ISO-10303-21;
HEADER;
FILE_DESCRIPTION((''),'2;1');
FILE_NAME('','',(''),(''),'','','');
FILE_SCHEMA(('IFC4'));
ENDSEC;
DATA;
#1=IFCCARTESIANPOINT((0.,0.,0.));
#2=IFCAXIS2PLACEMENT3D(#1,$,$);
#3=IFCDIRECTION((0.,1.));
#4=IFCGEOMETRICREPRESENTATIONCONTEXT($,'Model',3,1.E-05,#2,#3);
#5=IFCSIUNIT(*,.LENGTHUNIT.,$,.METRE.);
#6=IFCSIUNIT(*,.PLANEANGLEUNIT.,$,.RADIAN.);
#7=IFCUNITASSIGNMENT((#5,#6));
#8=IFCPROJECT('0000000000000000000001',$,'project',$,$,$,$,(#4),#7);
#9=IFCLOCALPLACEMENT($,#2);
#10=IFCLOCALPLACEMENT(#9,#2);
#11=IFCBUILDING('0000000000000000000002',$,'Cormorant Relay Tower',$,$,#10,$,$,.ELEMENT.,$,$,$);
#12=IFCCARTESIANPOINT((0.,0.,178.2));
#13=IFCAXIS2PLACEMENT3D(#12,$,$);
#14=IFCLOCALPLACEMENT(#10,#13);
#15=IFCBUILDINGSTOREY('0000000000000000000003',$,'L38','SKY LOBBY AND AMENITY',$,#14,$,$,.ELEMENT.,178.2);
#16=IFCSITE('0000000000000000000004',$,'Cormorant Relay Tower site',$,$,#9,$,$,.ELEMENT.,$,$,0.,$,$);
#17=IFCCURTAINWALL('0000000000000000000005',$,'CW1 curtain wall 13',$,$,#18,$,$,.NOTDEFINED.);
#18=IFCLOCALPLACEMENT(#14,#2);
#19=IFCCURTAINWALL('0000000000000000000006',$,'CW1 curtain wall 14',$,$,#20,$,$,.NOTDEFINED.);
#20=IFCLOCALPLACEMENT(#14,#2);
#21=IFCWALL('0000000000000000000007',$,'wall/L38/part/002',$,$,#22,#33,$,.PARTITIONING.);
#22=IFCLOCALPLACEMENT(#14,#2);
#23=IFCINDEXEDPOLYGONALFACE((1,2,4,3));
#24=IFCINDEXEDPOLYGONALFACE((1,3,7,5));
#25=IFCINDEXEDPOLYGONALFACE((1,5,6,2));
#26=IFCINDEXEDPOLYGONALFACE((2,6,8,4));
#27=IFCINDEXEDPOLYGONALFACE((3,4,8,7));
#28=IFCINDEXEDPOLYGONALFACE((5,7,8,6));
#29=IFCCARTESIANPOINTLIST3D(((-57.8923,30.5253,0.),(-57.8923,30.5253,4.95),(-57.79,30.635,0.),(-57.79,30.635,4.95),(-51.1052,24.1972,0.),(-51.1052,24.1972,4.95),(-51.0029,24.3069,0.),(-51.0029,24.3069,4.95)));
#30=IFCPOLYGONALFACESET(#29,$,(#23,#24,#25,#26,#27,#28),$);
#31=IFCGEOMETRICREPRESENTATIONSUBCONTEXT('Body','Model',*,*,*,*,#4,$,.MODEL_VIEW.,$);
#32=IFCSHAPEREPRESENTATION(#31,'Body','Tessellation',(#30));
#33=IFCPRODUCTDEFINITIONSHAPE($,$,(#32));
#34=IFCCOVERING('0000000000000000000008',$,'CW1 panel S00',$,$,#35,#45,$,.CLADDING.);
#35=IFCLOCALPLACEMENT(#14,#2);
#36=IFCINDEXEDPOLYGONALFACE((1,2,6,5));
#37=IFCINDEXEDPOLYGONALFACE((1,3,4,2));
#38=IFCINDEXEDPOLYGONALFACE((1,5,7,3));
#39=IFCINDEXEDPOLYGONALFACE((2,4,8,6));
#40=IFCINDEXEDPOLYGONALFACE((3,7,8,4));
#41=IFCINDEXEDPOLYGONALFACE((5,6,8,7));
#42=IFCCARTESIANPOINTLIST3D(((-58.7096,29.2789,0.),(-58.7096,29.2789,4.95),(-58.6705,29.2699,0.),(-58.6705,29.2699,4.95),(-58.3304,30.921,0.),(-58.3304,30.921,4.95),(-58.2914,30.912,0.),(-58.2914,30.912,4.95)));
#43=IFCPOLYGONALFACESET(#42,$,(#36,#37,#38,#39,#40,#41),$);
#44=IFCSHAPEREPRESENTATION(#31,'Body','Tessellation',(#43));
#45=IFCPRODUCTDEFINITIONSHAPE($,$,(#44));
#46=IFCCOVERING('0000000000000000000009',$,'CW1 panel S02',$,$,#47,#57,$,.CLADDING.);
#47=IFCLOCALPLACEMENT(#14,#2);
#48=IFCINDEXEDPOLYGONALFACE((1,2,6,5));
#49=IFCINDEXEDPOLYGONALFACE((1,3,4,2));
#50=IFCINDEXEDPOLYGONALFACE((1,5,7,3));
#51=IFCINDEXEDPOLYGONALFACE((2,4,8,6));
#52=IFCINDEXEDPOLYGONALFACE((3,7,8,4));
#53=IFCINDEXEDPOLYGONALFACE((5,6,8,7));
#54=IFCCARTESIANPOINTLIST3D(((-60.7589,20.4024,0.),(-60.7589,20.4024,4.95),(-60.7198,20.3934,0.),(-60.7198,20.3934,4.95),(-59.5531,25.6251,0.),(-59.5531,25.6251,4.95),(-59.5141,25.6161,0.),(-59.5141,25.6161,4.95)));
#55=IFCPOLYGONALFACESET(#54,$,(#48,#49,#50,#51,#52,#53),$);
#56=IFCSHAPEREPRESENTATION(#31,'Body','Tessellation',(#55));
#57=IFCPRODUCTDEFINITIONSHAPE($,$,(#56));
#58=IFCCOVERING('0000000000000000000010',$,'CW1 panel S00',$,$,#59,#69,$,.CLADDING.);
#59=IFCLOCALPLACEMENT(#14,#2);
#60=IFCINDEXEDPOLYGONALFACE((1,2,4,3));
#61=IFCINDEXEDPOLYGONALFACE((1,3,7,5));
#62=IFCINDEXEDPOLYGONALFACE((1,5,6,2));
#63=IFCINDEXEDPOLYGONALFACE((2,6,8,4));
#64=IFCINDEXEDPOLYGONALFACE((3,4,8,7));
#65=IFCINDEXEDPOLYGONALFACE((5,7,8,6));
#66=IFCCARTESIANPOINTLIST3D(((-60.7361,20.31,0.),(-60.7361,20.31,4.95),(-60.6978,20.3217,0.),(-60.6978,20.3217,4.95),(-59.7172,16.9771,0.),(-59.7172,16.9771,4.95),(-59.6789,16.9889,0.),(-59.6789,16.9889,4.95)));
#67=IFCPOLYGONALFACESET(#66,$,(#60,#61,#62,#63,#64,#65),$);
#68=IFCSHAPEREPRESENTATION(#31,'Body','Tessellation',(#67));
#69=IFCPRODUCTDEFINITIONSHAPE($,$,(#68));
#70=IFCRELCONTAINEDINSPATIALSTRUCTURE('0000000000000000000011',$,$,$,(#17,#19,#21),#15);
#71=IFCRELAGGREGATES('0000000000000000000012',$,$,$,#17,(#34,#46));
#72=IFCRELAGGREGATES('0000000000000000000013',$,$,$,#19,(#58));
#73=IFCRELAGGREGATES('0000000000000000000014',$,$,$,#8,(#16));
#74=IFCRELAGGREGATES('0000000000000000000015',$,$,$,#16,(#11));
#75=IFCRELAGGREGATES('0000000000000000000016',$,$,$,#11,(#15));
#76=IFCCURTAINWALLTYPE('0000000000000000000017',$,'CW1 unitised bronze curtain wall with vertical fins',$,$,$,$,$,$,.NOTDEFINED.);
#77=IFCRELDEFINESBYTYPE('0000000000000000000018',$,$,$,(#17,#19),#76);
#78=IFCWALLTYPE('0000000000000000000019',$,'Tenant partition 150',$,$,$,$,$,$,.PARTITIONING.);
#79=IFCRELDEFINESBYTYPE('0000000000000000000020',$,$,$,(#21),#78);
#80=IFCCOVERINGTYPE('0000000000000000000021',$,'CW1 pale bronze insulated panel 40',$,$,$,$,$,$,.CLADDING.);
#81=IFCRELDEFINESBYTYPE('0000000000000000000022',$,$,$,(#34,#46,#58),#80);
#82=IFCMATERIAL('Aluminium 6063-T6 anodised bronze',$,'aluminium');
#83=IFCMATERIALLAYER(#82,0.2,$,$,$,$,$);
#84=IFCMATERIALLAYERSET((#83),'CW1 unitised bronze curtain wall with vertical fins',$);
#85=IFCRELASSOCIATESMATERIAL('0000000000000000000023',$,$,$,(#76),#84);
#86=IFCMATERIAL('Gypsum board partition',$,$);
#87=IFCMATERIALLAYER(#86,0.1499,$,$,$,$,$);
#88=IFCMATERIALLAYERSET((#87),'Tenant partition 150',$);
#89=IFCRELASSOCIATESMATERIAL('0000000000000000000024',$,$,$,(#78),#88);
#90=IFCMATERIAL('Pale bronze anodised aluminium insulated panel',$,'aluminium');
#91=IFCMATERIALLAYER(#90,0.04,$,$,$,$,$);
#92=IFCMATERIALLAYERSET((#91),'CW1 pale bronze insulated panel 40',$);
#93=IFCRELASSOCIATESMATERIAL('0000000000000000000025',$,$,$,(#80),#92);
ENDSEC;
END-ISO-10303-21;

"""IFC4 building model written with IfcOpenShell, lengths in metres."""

from ifc_helpers import new_model, si_unit, direction, frame, frame_2d, origin, origin_2d, place, context, subcontext, project, spatial, rectangle, extrude, material, layer, layer_set, type_object, element, aggregate, save


model = new_model("IFC4")

# Units and contexts
model_context = context("Model", 3, precision=1e-05, world=origin(), true_north=direction((0.0, 1.0)))
body_context = subcontext(model_context, "Body", "Model", "MODEL_VIEW")
ifc_project = project(units=[si_unit("LENGTHUNIT", "METRE"), si_unit("PLANEANGLEUNIT", "RADIAN")], contexts=[model_context])

# Site, building, storey
site_placement = place(None, origin())
site = spatial("IfcSite", under=ifc_project, at=site_placement, Name="Cormorant Relay Tower site", CompositionType="ELEMENT", RefElevation=0.0)
building_placement = place(site_placement, origin())
building = spatial("IfcBuilding", under=site, at=building_placement, Name="Cormorant Relay Tower", CompositionType="ELEMENT")
storey_placement = place(building_placement, frame((0.0, 0.0, 178.2)))
storey = spatial("IfcBuildingStorey", under=building, at=storey_placement, Name="L38", Description="SKY LOBBY AND AMENITY", CompositionType="ELEMENT", Elevation=178.2)

# Curtain wall
ifc_material_1 = material(Name="Aluminium 6063-T6 anodised bronze", Category="aluminium")
ifc_layer_1 = layer(ifc_material_1, 0.2)
ifc_layer_set_1 = layer_set([ifc_layer_1], Name="CW1 unitised bronze curtain wall with vertical fins")
curtain_wall_type = type_object("IfcCurtainWallType", Name="CW1 unitised bronze curtain wall with vertical fins", PredefinedType="NOTDEFINED", material=ifc_layer_set_1)
curtain_wall_1_placement = place(storey_placement, origin())
curtain_wall_1 = element("IfcCurtainWall", 1, at=curtain_wall_1_placement, inside=storey, type_object=curtain_wall_type, Name="CW1 curtain wall 13", PredefinedType="NOTDEFINED")

# Curtain wall
curtain_wall_2_placement = place(storey_placement, origin())
curtain_wall_2 = element("IfcCurtainWall", 2, at=curtain_wall_2_placement, inside=storey, type_object=curtain_wall_type, Name="CW1 curtain wall 14", PredefinedType="NOTDEFINED")

# Wall
ifc_material_2 = material(Name="Gypsum board partition")
ifc_layer_2 = layer(ifc_material_2, 0.1499)
ifc_layer_set_2 = layer_set([ifc_layer_2], Name="Tenant partition 150")
wall_type_1 = type_object("IfcWallType", Name="Tenant partition 150", PredefinedType="PARTITIONING", material=ifc_layer_set_2)
wall_1_placement = place(storey_placement, frame((-57.8411, 30.5801, 0.0), z_axis=(0.0, 0.0, 1.0), x_axis=(0.731405, -0.681943, 0.0)))
element("IfcWall", 3, at=wall_1_placement, inside=storey, type_object=wall_type_1, Name="wall/L38/part/002", PredefinedType="PARTITIONING", context=body_context, shape_type="SweptSolid", body=[
    extrude(rectangle(XDim=9.2795, YDim=0.1499, at=frame_2d((4.6396, 0.0))), origin(), (0.0, 0.0, 1.0), 4.95),
])

# Coverings
ifc_material_3 = material(Name="Pale bronze anodised aluminium insulated panel", Category="aluminium")
ifc_layer_3 = layer(ifc_material_3, 0.04)
ifc_layer_set_3 = layer_set([ifc_layer_3], Name="CW1 pale bronze insulated panel 40")
covering_type = type_object("IfcCoveringType", Name="CW1 pale bronze insulated panel 40", PredefinedType="CLADDING", material=ifc_layer_set_3)
covering_1_placement = place(storey_placement, frame((-58.5005, 30.0955, 0.0), z_axis=(0.0, 0.0, 1.0), x_axis=(-0.224951, -0.97437, 0.0)))
covering_1 = element("IfcCovering", 4, at=covering_1_placement, type_object=covering_type, Name="CW1 panel S00", PredefinedType="CLADDING", context=body_context, shape_type="SweptSolid", body=[
    extrude(rectangle(XDim=1.6853, YDim=0.04, at=origin_2d()), origin(), (0.0, 0.0, 1.0), 4.95),
])
covering_2_placement = place(storey_placement, frame((-60.1365, 23.0093, 0.0), z_axis=(0.0, 0.0, 1.0), x_axis=(-0.224951, -0.97437, 0.0)))
covering_2 = element("IfcCovering", 5, at=covering_2_placement, type_object=covering_type, Name="CW1 panel S02", PredefinedType="CLADDING", context=body_context, shape_type="SweptSolid", body=[
    extrude(rectangle(XDim=5.3601, YDim=0.04, at=origin_2d()), origin(), (0.0, 0.0, 1.0), 4.95),
])
aggregate(curtain_wall_1, [covering_1, covering_2])
covering_3_placement = place(storey_placement, frame((-60.2075, 18.6494, 0.0), z_axis=(0.0, 0.0, 1.0), x_axis=(0.292372, -0.956305, 0.0)))
covering_3 = element("IfcCovering", 6, at=covering_3_placement, type_object=covering_type, Name="CW1 panel S00", PredefinedType="CLADDING", context=body_context, shape_type="SweptSolid", body=[
    extrude(rectangle(XDim=3.4851, YDim=0.04, at=origin_2d()), origin(), (0.0, 0.0, 1.0), 4.95),
])
aggregate(curtain_wall_2, [covering_3])

save(model, "model.ifc")
